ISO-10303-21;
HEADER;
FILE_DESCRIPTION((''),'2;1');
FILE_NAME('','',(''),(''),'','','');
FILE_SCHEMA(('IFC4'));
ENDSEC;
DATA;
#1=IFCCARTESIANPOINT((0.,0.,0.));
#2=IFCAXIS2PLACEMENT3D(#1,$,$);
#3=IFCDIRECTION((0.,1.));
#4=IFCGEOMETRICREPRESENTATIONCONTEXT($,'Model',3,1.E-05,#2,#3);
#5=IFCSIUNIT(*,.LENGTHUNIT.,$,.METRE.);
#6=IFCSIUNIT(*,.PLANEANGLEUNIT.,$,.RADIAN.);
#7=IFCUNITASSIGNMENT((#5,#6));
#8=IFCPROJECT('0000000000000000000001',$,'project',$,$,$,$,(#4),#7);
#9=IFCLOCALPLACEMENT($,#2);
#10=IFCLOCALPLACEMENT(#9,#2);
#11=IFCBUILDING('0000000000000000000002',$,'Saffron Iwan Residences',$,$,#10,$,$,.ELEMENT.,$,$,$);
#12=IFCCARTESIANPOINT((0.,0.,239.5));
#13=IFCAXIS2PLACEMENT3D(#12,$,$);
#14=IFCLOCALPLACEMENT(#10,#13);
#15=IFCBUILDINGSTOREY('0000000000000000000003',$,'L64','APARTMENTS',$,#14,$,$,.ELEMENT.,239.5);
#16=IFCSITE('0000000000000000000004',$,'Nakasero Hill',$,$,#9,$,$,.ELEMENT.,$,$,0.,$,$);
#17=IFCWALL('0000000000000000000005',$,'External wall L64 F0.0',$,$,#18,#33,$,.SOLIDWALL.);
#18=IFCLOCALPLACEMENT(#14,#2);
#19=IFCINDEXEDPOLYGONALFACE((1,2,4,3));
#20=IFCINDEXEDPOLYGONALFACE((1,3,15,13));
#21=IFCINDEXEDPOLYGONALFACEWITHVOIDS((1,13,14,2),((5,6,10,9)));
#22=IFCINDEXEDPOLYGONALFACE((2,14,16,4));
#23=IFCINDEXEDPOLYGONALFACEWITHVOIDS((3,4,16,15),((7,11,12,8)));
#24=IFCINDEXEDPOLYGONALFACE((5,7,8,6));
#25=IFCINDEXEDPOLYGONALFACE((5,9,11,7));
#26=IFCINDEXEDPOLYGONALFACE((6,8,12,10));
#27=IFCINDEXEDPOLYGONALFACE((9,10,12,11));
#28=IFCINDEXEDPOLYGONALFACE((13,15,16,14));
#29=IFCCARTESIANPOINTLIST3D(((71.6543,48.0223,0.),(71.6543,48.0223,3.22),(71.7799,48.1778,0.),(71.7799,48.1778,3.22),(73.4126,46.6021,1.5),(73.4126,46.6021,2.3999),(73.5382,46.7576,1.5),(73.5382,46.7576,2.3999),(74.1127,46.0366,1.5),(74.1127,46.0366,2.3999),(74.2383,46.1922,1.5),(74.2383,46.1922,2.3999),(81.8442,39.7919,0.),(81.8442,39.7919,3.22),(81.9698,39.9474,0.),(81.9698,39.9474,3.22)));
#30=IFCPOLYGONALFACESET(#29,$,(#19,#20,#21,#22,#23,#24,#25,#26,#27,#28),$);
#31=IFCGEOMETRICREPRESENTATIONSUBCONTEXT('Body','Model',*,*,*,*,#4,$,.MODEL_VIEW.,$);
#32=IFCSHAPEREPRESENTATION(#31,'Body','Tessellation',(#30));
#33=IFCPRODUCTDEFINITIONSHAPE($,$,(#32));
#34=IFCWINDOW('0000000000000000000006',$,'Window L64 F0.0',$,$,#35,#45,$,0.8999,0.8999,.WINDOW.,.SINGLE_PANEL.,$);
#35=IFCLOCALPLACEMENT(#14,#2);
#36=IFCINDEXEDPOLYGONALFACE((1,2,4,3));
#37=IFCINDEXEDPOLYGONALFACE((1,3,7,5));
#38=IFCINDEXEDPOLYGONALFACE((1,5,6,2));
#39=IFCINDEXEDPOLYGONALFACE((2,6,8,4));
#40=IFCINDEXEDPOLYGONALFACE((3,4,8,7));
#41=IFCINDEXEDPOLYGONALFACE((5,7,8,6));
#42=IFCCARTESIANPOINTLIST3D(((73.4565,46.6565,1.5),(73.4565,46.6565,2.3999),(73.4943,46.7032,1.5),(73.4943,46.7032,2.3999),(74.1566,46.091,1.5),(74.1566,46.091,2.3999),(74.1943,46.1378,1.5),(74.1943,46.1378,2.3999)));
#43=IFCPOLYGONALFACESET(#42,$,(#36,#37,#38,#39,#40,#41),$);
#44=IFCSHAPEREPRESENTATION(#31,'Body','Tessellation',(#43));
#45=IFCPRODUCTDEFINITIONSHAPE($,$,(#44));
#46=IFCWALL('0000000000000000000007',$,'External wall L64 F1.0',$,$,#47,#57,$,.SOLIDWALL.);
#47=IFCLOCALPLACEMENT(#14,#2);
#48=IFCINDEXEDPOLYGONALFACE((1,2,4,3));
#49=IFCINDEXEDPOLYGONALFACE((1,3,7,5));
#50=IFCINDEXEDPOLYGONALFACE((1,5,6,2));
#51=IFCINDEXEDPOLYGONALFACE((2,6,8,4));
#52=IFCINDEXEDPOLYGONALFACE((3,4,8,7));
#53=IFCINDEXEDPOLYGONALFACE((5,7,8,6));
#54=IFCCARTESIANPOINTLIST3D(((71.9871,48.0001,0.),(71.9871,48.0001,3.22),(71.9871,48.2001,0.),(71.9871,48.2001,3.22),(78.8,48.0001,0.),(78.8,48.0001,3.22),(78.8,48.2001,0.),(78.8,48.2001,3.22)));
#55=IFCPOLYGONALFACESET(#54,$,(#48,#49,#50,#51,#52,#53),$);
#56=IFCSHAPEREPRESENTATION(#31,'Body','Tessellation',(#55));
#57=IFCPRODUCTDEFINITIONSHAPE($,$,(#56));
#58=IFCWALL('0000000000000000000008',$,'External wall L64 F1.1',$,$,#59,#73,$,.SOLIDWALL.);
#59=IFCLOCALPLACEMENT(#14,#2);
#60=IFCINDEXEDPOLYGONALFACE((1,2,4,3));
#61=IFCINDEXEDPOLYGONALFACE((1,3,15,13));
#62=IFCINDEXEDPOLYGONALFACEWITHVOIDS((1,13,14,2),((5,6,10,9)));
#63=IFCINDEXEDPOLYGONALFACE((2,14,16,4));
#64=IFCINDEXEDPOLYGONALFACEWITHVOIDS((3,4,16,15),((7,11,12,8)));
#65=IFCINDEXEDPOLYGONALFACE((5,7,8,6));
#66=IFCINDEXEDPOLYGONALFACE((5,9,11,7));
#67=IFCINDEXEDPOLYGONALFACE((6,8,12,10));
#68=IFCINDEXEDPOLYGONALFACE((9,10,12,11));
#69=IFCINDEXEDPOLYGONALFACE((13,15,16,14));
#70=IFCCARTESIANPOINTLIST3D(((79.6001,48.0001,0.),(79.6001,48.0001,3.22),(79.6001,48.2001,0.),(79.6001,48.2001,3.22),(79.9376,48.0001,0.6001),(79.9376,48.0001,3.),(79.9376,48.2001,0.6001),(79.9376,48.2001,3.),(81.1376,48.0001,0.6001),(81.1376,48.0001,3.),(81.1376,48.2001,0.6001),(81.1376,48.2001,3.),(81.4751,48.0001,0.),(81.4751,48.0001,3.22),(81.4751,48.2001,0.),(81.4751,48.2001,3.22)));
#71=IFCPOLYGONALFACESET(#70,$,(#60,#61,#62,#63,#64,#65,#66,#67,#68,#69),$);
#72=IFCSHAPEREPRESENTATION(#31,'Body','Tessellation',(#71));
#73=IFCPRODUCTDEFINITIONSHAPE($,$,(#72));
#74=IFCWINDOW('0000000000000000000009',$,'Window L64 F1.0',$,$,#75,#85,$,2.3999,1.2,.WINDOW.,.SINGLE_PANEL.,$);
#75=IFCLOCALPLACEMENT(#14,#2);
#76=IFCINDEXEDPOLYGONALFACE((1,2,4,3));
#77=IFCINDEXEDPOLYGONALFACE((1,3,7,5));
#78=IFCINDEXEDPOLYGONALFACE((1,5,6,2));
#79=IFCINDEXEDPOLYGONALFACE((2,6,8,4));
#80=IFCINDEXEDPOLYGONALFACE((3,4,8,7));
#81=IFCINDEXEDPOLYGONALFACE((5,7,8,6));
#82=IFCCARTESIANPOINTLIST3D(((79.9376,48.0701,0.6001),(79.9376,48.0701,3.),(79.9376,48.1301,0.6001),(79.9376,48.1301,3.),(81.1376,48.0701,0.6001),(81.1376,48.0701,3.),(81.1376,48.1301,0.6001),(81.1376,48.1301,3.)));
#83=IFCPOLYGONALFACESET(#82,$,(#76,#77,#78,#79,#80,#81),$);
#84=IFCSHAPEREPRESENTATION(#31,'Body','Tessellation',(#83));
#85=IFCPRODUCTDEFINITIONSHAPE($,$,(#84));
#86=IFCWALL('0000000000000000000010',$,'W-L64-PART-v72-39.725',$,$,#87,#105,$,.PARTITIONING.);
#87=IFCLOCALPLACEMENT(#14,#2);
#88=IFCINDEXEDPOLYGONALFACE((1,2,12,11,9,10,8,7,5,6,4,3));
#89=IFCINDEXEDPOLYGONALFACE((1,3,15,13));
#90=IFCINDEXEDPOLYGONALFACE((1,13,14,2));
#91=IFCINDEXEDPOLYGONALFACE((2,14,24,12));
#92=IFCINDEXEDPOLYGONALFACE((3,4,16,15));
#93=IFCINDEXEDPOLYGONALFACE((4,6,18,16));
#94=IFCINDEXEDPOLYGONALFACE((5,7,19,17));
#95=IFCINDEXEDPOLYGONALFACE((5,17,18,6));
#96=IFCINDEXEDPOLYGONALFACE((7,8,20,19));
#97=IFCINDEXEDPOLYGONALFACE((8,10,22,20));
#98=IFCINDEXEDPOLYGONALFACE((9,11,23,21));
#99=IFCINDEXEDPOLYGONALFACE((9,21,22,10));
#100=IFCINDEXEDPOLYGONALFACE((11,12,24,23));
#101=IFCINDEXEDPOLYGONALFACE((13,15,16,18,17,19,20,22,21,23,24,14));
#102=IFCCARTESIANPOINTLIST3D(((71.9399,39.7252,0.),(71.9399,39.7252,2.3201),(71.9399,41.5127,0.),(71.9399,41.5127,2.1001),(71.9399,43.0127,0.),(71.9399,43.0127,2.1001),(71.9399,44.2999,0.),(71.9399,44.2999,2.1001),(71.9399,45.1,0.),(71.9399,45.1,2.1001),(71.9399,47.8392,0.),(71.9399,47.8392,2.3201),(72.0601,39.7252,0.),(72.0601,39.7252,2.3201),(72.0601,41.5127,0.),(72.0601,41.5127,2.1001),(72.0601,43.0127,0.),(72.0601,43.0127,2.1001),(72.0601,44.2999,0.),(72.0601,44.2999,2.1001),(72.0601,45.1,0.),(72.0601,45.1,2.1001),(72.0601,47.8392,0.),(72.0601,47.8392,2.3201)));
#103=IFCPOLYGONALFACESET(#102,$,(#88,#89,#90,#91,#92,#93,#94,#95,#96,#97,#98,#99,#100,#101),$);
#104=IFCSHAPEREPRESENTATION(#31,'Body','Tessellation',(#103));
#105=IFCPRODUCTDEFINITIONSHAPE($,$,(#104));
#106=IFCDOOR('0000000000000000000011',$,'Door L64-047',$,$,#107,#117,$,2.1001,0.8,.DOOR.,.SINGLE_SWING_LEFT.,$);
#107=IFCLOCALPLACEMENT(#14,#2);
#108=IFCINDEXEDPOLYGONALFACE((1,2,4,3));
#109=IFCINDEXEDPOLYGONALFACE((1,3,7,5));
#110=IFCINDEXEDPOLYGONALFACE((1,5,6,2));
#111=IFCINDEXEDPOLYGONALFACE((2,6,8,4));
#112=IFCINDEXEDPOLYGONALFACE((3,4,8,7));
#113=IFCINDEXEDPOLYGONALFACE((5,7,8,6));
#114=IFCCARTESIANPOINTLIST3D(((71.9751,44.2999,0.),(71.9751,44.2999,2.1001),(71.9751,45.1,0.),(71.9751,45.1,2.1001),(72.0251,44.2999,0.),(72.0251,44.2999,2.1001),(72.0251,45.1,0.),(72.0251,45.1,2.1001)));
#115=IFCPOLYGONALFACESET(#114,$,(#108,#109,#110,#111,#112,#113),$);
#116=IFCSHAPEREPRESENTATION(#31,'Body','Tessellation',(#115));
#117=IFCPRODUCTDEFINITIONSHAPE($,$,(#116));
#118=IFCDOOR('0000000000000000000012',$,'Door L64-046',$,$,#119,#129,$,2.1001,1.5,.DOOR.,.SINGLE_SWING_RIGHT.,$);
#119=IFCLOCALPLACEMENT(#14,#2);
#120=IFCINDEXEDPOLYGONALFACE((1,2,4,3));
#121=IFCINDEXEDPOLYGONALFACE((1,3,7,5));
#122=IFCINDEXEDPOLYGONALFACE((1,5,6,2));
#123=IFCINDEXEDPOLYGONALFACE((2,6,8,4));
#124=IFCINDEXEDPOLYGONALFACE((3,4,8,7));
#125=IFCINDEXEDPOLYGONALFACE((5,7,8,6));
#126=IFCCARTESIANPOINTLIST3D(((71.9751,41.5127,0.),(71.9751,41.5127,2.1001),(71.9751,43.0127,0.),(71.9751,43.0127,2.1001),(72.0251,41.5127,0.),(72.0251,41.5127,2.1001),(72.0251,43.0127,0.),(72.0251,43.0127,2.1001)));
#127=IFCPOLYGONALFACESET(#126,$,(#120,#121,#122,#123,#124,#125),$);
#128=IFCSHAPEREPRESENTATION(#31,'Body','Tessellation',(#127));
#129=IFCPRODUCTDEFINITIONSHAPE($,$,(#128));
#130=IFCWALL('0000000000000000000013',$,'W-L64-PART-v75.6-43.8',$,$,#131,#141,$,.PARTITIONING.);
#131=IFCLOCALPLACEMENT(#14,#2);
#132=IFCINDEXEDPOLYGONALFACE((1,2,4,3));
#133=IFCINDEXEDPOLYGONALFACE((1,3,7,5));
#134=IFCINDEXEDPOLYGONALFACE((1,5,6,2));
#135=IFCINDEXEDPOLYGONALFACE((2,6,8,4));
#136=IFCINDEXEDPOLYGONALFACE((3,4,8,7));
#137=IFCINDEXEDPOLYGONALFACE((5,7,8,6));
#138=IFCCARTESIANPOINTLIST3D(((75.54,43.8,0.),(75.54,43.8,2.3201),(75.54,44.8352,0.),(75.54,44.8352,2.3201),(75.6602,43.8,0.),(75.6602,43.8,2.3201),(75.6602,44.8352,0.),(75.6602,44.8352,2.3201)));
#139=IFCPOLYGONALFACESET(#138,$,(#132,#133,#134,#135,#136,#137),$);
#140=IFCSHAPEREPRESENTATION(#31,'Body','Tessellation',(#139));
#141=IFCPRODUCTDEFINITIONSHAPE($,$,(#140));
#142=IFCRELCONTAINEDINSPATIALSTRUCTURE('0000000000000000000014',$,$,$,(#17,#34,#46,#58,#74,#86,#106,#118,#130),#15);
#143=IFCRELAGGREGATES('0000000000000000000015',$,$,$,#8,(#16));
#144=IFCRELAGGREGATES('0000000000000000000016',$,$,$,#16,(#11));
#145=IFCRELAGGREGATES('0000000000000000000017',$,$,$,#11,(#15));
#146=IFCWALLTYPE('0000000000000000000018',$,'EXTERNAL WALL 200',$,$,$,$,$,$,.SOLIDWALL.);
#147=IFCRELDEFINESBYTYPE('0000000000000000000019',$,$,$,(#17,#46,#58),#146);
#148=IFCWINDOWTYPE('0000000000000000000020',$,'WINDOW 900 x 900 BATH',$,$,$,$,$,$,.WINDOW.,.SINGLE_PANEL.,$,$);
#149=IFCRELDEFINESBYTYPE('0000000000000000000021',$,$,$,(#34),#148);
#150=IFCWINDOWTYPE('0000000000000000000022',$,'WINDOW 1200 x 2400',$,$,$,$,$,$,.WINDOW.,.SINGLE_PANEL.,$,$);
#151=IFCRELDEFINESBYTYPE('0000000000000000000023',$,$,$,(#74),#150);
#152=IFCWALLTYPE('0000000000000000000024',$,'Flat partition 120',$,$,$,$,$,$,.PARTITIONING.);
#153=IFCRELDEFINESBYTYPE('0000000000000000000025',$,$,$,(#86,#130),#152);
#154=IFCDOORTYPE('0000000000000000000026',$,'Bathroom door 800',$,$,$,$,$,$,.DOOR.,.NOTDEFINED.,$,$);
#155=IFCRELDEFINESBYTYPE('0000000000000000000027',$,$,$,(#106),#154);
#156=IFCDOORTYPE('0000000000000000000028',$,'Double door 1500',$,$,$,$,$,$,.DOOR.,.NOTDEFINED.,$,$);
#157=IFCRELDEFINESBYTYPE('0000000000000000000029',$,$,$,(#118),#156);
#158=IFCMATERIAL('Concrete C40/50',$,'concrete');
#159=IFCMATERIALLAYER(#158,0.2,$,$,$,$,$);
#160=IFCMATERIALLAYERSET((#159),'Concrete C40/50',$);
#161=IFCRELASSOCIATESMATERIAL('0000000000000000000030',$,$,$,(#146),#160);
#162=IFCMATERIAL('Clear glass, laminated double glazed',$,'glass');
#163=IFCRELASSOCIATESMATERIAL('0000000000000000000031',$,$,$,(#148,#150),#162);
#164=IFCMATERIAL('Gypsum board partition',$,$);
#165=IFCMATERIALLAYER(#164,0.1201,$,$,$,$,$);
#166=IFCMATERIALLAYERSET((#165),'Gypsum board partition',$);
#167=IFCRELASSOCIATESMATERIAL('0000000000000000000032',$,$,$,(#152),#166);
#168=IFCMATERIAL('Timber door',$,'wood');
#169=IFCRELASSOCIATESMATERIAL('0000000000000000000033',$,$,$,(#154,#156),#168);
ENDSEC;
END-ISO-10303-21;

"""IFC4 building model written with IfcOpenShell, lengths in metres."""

from ifc_helpers import new_model, si_unit, direction, frame, frame_2d, origin, place, context, subcontext, project, spatial, rectangle, extrude, material, layer, layer_set, type_object, element, fill, save


model = new_model("IFC4")

# Units and contexts
model_context = context("Model", 3, precision=1e-05, world=origin(), true_north=direction((0.0, 1.0)))
body_context = subcontext(model_context, "Body", "Model", "MODEL_VIEW")
ifc_project = project(units=[si_unit("LENGTHUNIT", "METRE"), si_unit("PLANEANGLEUNIT", "RADIAN")], contexts=[model_context])

# Site, building, storey
site_placement = place(None, origin())
site = spatial("IfcSite", under=ifc_project, at=site_placement, Name="Nakasero Hill", CompositionType="ELEMENT", RefElevation=0.0)
building_placement = place(site_placement, origin())
building = spatial("IfcBuilding", under=site, at=building_placement, Name="Saffron Iwan Residences", CompositionType="ELEMENT")
storey_placement = place(building_placement, frame((0.0, 0.0, 239.5)))
storey = spatial("IfcBuildingStorey", under=building, at=storey_placement, Name="L64", Description="APARTMENTS", CompositionType="ELEMENT", Elevation=239.5)

# Shared definitions
ifc_material_1 = material(Name="Concrete C40/50", Category="concrete")

# Wall, opening, window
ifc_layer_1 = layer(ifc_material_1, 0.2)
ifc_layer_set_1 = layer_set([ifc_layer_1], Name="Concrete C40/50")
wall_type_1 = type_object("IfcWallType", Name="EXTERNAL WALL 200", PredefinedType="SOLIDWALL", material=ifc_layer_set_1)
wall_1_placement = place(storey_placement, frame((81.907, 39.8696, 0.0), z_axis=(0.0, 0.0, 1.0), x_axis=(-0.777936, 0.628343, 0.0)))
wall_1 = element("IfcWall", 1, at=wall_1_placement, inside=storey, type_object=wall_type_1, Name="External wall L64 F0.0", PredefinedType="SOLIDWALL", context=body_context, shape_type="SweptSolid", body=[
    extrude(rectangle(XDim=13.0986, YDim=0.2, at=frame_2d((6.5493, 0.0))), origin(), (0.0, 0.0, 1.0), 3.22),
])
opening_1_placement = place(wall_1_placement, frame((9.9385, 0.0, 1.5)))
opening_1 = element("IfcOpeningElement", 2, at=opening_1_placement, cuts=wall_1, PredefinedType="OPENING", context=body_context, shape_type="SweptSolid", body=[
    extrude(rectangle(XDim=0.8999, YDim=0.8999, at=frame_2d((0.45, 0.45))), frame((0.0, 0.1099, 0.0), z_axis=(0.0, -1.0, 0.0), x_axis=(1.0, 0.0, 0.0)), (0.0, 0.0, 1.0), 0.22),
])
ifc_material_2 = material(Name="Clear glass, laminated double glazed", Category="glass")
window_type_1 = type_object("IfcWindowType", Name="WINDOW 900 x 900 BATH", PartitioningType="SINGLE_PANEL", PredefinedType="WINDOW", material=ifc_material_2)
window_1_placement = place(opening_1_placement, origin())
window_1 = element("IfcWindow", 3, at=window_1_placement, inside=storey, type_object=window_type_1, Name="Window L64 F0.0", OverallHeight=0.8999, OverallWidth=0.8999, PartitioningType="SINGLE_PANEL", PredefinedType="WINDOW", context=body_context, shape_type="SweptSolid", body=[
    extrude(rectangle(XDim=0.8999, YDim=0.8999, at=frame_2d((0.45, 0.45))), frame((0.0, 0.03, 0.0), z_axis=(0.0, -1.0, 0.0), x_axis=(1.0, 0.0, 0.0)), (0.0, 0.0, 1.0), 0.0601),
])
fill(opening_1, window_1)

# Wall
wall_2_placement = place(storey_placement, frame((71.9871, 48.1001, 0.0), z_axis=(0.0, 0.0, 1.0), x_axis=(1.0, 0.0, 0.0)))
element("IfcWall", 4, at=wall_2_placement, inside=storey, type_object=wall_type_1, Name="External wall L64 F1.0", PredefinedType="SOLIDWALL", context=body_context, shape_type="SweptSolid", body=[
    extrude(rectangle(XDim=6.813, YDim=0.2, at=frame_2d((3.4065, 0.0))), origin(), (0.0, 0.0, 1.0), 3.22),
])

# Wall, opening, window
wall_3_placement = place(storey_placement, frame((79.6001, 48.1001, 0.0), z_axis=(0.0, 0.0, 1.0), x_axis=(1.0, 0.0, 0.0)))
wall_3 = element("IfcWall", 5, at=wall_3_placement, inside=storey, type_object=wall_type_1, Name="External wall L64 F1.1", PredefinedType="SOLIDWALL", context=body_context, shape_type="SweptSolid", body=[
    extrude(rectangle(XDim=1.875, YDim=0.2, at=frame_2d((0.9375, 0.0))), origin(), (0.0, 0.0, 1.0), 3.22),
])
opening_2_placement = place(wall_3_placement, frame((0.3374, 0.0, 0.6001)))
opening_2 = element("IfcOpeningElement", 6, at=opening_2_placement, cuts=wall_3, PredefinedType="OPENING", context=body_context, shape_type="SweptSolid", body=[
    extrude(rectangle(XDim=1.2, YDim=2.3999, at=frame_2d((0.6001, 1.2))), frame((0.0, 0.1099, 0.0), z_axis=(0.0, -1.0, 0.0), x_axis=(1.0, 0.0, 0.0)), (0.0, 0.0, 1.0), 0.22),
])
window_type_2 = type_object("IfcWindowType", Name="WINDOW 1200 x 2400", PartitioningType="SINGLE_PANEL", PredefinedType="WINDOW", material=ifc_material_2)
window_2_placement = place(opening_2_placement, origin())
window_2 = element("IfcWindow", 7, at=window_2_placement, inside=storey, type_object=window_type_2, Name="Window L64 F1.0", OverallHeight=2.3999, OverallWidth=1.2, PartitioningType="SINGLE_PANEL", PredefinedType="WINDOW", context=body_context, shape_type="SweptSolid", body=[
    extrude(rectangle(XDim=1.2, YDim=2.3999, at=frame_2d((0.6001, 1.2))), frame((0.0, 0.03, 0.0), z_axis=(0.0, -1.0, 0.0), x_axis=(1.0, 0.0, 0.0)), (0.0, 0.0, 1.0), 0.0601),
])
fill(opening_2, window_2)

# Wall, openings, doors
ifc_material_3 = material(Name="Gypsum board partition")
ifc_layer_2 = layer(ifc_material_3, 0.1201)
ifc_layer_set_2 = layer_set([ifc_layer_2], Name="Gypsum board partition")
wall_type_2 = type_object("IfcWallType", Name="Flat partition 120", PredefinedType="PARTITIONING", material=ifc_layer_set_2)
wall_4_placement = place(storey_placement, frame((72.0, 39.7251, 0.0), z_axis=(0.0, 0.0, 1.0), x_axis=(0.0, 1.0, 0.0)))
wall_4 = element("IfcWall", 8, at=wall_4_placement, inside=storey, type_object=wall_type_2, Name="W-L64-PART-v72-39.725", PredefinedType="PARTITIONING", context=body_context, shape_type="SweptSolid", body=[
    extrude(rectangle(XDim=8.114, YDim=0.1201, at=frame_2d((4.0571, 0.0))), origin(), (0.0, 0.0, 1.0), 2.3201),
])
opening_3_placement = place(wall_4_placement, frame((1.7876, 0.0, 0.0)))
opening_3 = element("IfcOpeningElement", 9, at=opening_3_placement, cuts=wall_4, PredefinedType="OPENING", context=body_context, shape_type="SweptSolid", body=[
    extrude(rectangle(XDim=1.5, YDim=2.1001, at=frame_2d((0.75, 1.05))), frame((0.0, 0.0701, 0.0), z_axis=(0.0, -1.0, 0.0), x_axis=(1.0, 0.0, 0.0)), (0.0, 0.0, 1.0), 0.1401),
])
opening_4_placement = place(wall_4_placement, frame((4.575, 0.0, 0.0)))
opening_4 = element("IfcOpeningElement", 10, at=opening_4_placement, cuts=wall_4, PredefinedType="OPENING", context=body_context, shape_type="SweptSolid", body=[
    extrude(rectangle(XDim=0.8, YDim=2.1001, at=frame_2d((0.3999, 1.05))), frame((0.0, 0.0701, 0.0), z_axis=(0.0, -1.0, 0.0), x_axis=(1.0, 0.0, 0.0)), (0.0, 0.0, 1.0), 0.1401),
])
ifc_material_4 = material(Name="Timber door", Category="wood")
door_type_1 = type_object("IfcDoorType", Name="Bathroom door 800", OperationType="NOTDEFINED", PredefinedType="DOOR", material=ifc_material_4)
door_1_placement = place(opening_4_placement, origin())
door_1 = element("IfcDoor", 11, at=door_1_placement, inside=storey, type_object=door_type_1, Name="Door L64-047", OperationType="SINGLE_SWING_LEFT", OverallHeight=2.1001, OverallWidth=0.8, PredefinedType="DOOR", context=body_context, shape_type="SweptSolid", body=[
    extrude(rectangle(XDim=0.8, YDim=2.1001, at=frame_2d((0.3999, 1.05))), frame((0.0, 0.0249, 0.0), z_axis=(0.0, -1.0, 0.0), x_axis=(1.0, 0.0, 0.0)), (0.0, 0.0, 1.0), 0.05),
])
fill(opening_4, door_1)
door_type_2 = type_object("IfcDoorType", Name="Double door 1500", OperationType="NOTDEFINED", PredefinedType="DOOR", material=ifc_material_4)
door_2_placement = place(opening_3_placement, origin())
door_2 = element("IfcDoor", 12, at=door_2_placement, inside=storey, type_object=door_type_2, Name="Door L64-046", OperationType="SINGLE_SWING_RIGHT", OverallHeight=2.1001, OverallWidth=1.5, PredefinedType="DOOR", context=body_context, shape_type="SweptSolid", body=[
    extrude(rectangle(XDim=1.5, YDim=2.1001, at=frame_2d((0.75, 1.05))), frame((0.0, 0.0249, 0.0), z_axis=(0.0, -1.0, 0.0), x_axis=(1.0, 0.0, 0.0)), (0.0, 0.0, 1.0), 0.05),
])
fill(opening_3, door_2)

# Wall
wall_5_placement = place(storey_placement, frame((75.6001, 43.8, 0.0), z_axis=(0.0, 0.0, 1.0), x_axis=(0.0, 1.0, 0.0)))
element("IfcWall", 13, at=wall_5_placement, inside=storey, type_object=wall_type_2, Name="W-L64-PART-v75.6-43.8", PredefinedType="PARTITIONING", context=body_context, shape_type="SweptSolid", body=[
    extrude(rectangle(XDim=1.0352, YDim=0.1201, at=frame_2d((0.5176, 0.0))), origin(), (0.0, 0.0, 1.0), 2.3201),
])

save(model, "model.ifc")
